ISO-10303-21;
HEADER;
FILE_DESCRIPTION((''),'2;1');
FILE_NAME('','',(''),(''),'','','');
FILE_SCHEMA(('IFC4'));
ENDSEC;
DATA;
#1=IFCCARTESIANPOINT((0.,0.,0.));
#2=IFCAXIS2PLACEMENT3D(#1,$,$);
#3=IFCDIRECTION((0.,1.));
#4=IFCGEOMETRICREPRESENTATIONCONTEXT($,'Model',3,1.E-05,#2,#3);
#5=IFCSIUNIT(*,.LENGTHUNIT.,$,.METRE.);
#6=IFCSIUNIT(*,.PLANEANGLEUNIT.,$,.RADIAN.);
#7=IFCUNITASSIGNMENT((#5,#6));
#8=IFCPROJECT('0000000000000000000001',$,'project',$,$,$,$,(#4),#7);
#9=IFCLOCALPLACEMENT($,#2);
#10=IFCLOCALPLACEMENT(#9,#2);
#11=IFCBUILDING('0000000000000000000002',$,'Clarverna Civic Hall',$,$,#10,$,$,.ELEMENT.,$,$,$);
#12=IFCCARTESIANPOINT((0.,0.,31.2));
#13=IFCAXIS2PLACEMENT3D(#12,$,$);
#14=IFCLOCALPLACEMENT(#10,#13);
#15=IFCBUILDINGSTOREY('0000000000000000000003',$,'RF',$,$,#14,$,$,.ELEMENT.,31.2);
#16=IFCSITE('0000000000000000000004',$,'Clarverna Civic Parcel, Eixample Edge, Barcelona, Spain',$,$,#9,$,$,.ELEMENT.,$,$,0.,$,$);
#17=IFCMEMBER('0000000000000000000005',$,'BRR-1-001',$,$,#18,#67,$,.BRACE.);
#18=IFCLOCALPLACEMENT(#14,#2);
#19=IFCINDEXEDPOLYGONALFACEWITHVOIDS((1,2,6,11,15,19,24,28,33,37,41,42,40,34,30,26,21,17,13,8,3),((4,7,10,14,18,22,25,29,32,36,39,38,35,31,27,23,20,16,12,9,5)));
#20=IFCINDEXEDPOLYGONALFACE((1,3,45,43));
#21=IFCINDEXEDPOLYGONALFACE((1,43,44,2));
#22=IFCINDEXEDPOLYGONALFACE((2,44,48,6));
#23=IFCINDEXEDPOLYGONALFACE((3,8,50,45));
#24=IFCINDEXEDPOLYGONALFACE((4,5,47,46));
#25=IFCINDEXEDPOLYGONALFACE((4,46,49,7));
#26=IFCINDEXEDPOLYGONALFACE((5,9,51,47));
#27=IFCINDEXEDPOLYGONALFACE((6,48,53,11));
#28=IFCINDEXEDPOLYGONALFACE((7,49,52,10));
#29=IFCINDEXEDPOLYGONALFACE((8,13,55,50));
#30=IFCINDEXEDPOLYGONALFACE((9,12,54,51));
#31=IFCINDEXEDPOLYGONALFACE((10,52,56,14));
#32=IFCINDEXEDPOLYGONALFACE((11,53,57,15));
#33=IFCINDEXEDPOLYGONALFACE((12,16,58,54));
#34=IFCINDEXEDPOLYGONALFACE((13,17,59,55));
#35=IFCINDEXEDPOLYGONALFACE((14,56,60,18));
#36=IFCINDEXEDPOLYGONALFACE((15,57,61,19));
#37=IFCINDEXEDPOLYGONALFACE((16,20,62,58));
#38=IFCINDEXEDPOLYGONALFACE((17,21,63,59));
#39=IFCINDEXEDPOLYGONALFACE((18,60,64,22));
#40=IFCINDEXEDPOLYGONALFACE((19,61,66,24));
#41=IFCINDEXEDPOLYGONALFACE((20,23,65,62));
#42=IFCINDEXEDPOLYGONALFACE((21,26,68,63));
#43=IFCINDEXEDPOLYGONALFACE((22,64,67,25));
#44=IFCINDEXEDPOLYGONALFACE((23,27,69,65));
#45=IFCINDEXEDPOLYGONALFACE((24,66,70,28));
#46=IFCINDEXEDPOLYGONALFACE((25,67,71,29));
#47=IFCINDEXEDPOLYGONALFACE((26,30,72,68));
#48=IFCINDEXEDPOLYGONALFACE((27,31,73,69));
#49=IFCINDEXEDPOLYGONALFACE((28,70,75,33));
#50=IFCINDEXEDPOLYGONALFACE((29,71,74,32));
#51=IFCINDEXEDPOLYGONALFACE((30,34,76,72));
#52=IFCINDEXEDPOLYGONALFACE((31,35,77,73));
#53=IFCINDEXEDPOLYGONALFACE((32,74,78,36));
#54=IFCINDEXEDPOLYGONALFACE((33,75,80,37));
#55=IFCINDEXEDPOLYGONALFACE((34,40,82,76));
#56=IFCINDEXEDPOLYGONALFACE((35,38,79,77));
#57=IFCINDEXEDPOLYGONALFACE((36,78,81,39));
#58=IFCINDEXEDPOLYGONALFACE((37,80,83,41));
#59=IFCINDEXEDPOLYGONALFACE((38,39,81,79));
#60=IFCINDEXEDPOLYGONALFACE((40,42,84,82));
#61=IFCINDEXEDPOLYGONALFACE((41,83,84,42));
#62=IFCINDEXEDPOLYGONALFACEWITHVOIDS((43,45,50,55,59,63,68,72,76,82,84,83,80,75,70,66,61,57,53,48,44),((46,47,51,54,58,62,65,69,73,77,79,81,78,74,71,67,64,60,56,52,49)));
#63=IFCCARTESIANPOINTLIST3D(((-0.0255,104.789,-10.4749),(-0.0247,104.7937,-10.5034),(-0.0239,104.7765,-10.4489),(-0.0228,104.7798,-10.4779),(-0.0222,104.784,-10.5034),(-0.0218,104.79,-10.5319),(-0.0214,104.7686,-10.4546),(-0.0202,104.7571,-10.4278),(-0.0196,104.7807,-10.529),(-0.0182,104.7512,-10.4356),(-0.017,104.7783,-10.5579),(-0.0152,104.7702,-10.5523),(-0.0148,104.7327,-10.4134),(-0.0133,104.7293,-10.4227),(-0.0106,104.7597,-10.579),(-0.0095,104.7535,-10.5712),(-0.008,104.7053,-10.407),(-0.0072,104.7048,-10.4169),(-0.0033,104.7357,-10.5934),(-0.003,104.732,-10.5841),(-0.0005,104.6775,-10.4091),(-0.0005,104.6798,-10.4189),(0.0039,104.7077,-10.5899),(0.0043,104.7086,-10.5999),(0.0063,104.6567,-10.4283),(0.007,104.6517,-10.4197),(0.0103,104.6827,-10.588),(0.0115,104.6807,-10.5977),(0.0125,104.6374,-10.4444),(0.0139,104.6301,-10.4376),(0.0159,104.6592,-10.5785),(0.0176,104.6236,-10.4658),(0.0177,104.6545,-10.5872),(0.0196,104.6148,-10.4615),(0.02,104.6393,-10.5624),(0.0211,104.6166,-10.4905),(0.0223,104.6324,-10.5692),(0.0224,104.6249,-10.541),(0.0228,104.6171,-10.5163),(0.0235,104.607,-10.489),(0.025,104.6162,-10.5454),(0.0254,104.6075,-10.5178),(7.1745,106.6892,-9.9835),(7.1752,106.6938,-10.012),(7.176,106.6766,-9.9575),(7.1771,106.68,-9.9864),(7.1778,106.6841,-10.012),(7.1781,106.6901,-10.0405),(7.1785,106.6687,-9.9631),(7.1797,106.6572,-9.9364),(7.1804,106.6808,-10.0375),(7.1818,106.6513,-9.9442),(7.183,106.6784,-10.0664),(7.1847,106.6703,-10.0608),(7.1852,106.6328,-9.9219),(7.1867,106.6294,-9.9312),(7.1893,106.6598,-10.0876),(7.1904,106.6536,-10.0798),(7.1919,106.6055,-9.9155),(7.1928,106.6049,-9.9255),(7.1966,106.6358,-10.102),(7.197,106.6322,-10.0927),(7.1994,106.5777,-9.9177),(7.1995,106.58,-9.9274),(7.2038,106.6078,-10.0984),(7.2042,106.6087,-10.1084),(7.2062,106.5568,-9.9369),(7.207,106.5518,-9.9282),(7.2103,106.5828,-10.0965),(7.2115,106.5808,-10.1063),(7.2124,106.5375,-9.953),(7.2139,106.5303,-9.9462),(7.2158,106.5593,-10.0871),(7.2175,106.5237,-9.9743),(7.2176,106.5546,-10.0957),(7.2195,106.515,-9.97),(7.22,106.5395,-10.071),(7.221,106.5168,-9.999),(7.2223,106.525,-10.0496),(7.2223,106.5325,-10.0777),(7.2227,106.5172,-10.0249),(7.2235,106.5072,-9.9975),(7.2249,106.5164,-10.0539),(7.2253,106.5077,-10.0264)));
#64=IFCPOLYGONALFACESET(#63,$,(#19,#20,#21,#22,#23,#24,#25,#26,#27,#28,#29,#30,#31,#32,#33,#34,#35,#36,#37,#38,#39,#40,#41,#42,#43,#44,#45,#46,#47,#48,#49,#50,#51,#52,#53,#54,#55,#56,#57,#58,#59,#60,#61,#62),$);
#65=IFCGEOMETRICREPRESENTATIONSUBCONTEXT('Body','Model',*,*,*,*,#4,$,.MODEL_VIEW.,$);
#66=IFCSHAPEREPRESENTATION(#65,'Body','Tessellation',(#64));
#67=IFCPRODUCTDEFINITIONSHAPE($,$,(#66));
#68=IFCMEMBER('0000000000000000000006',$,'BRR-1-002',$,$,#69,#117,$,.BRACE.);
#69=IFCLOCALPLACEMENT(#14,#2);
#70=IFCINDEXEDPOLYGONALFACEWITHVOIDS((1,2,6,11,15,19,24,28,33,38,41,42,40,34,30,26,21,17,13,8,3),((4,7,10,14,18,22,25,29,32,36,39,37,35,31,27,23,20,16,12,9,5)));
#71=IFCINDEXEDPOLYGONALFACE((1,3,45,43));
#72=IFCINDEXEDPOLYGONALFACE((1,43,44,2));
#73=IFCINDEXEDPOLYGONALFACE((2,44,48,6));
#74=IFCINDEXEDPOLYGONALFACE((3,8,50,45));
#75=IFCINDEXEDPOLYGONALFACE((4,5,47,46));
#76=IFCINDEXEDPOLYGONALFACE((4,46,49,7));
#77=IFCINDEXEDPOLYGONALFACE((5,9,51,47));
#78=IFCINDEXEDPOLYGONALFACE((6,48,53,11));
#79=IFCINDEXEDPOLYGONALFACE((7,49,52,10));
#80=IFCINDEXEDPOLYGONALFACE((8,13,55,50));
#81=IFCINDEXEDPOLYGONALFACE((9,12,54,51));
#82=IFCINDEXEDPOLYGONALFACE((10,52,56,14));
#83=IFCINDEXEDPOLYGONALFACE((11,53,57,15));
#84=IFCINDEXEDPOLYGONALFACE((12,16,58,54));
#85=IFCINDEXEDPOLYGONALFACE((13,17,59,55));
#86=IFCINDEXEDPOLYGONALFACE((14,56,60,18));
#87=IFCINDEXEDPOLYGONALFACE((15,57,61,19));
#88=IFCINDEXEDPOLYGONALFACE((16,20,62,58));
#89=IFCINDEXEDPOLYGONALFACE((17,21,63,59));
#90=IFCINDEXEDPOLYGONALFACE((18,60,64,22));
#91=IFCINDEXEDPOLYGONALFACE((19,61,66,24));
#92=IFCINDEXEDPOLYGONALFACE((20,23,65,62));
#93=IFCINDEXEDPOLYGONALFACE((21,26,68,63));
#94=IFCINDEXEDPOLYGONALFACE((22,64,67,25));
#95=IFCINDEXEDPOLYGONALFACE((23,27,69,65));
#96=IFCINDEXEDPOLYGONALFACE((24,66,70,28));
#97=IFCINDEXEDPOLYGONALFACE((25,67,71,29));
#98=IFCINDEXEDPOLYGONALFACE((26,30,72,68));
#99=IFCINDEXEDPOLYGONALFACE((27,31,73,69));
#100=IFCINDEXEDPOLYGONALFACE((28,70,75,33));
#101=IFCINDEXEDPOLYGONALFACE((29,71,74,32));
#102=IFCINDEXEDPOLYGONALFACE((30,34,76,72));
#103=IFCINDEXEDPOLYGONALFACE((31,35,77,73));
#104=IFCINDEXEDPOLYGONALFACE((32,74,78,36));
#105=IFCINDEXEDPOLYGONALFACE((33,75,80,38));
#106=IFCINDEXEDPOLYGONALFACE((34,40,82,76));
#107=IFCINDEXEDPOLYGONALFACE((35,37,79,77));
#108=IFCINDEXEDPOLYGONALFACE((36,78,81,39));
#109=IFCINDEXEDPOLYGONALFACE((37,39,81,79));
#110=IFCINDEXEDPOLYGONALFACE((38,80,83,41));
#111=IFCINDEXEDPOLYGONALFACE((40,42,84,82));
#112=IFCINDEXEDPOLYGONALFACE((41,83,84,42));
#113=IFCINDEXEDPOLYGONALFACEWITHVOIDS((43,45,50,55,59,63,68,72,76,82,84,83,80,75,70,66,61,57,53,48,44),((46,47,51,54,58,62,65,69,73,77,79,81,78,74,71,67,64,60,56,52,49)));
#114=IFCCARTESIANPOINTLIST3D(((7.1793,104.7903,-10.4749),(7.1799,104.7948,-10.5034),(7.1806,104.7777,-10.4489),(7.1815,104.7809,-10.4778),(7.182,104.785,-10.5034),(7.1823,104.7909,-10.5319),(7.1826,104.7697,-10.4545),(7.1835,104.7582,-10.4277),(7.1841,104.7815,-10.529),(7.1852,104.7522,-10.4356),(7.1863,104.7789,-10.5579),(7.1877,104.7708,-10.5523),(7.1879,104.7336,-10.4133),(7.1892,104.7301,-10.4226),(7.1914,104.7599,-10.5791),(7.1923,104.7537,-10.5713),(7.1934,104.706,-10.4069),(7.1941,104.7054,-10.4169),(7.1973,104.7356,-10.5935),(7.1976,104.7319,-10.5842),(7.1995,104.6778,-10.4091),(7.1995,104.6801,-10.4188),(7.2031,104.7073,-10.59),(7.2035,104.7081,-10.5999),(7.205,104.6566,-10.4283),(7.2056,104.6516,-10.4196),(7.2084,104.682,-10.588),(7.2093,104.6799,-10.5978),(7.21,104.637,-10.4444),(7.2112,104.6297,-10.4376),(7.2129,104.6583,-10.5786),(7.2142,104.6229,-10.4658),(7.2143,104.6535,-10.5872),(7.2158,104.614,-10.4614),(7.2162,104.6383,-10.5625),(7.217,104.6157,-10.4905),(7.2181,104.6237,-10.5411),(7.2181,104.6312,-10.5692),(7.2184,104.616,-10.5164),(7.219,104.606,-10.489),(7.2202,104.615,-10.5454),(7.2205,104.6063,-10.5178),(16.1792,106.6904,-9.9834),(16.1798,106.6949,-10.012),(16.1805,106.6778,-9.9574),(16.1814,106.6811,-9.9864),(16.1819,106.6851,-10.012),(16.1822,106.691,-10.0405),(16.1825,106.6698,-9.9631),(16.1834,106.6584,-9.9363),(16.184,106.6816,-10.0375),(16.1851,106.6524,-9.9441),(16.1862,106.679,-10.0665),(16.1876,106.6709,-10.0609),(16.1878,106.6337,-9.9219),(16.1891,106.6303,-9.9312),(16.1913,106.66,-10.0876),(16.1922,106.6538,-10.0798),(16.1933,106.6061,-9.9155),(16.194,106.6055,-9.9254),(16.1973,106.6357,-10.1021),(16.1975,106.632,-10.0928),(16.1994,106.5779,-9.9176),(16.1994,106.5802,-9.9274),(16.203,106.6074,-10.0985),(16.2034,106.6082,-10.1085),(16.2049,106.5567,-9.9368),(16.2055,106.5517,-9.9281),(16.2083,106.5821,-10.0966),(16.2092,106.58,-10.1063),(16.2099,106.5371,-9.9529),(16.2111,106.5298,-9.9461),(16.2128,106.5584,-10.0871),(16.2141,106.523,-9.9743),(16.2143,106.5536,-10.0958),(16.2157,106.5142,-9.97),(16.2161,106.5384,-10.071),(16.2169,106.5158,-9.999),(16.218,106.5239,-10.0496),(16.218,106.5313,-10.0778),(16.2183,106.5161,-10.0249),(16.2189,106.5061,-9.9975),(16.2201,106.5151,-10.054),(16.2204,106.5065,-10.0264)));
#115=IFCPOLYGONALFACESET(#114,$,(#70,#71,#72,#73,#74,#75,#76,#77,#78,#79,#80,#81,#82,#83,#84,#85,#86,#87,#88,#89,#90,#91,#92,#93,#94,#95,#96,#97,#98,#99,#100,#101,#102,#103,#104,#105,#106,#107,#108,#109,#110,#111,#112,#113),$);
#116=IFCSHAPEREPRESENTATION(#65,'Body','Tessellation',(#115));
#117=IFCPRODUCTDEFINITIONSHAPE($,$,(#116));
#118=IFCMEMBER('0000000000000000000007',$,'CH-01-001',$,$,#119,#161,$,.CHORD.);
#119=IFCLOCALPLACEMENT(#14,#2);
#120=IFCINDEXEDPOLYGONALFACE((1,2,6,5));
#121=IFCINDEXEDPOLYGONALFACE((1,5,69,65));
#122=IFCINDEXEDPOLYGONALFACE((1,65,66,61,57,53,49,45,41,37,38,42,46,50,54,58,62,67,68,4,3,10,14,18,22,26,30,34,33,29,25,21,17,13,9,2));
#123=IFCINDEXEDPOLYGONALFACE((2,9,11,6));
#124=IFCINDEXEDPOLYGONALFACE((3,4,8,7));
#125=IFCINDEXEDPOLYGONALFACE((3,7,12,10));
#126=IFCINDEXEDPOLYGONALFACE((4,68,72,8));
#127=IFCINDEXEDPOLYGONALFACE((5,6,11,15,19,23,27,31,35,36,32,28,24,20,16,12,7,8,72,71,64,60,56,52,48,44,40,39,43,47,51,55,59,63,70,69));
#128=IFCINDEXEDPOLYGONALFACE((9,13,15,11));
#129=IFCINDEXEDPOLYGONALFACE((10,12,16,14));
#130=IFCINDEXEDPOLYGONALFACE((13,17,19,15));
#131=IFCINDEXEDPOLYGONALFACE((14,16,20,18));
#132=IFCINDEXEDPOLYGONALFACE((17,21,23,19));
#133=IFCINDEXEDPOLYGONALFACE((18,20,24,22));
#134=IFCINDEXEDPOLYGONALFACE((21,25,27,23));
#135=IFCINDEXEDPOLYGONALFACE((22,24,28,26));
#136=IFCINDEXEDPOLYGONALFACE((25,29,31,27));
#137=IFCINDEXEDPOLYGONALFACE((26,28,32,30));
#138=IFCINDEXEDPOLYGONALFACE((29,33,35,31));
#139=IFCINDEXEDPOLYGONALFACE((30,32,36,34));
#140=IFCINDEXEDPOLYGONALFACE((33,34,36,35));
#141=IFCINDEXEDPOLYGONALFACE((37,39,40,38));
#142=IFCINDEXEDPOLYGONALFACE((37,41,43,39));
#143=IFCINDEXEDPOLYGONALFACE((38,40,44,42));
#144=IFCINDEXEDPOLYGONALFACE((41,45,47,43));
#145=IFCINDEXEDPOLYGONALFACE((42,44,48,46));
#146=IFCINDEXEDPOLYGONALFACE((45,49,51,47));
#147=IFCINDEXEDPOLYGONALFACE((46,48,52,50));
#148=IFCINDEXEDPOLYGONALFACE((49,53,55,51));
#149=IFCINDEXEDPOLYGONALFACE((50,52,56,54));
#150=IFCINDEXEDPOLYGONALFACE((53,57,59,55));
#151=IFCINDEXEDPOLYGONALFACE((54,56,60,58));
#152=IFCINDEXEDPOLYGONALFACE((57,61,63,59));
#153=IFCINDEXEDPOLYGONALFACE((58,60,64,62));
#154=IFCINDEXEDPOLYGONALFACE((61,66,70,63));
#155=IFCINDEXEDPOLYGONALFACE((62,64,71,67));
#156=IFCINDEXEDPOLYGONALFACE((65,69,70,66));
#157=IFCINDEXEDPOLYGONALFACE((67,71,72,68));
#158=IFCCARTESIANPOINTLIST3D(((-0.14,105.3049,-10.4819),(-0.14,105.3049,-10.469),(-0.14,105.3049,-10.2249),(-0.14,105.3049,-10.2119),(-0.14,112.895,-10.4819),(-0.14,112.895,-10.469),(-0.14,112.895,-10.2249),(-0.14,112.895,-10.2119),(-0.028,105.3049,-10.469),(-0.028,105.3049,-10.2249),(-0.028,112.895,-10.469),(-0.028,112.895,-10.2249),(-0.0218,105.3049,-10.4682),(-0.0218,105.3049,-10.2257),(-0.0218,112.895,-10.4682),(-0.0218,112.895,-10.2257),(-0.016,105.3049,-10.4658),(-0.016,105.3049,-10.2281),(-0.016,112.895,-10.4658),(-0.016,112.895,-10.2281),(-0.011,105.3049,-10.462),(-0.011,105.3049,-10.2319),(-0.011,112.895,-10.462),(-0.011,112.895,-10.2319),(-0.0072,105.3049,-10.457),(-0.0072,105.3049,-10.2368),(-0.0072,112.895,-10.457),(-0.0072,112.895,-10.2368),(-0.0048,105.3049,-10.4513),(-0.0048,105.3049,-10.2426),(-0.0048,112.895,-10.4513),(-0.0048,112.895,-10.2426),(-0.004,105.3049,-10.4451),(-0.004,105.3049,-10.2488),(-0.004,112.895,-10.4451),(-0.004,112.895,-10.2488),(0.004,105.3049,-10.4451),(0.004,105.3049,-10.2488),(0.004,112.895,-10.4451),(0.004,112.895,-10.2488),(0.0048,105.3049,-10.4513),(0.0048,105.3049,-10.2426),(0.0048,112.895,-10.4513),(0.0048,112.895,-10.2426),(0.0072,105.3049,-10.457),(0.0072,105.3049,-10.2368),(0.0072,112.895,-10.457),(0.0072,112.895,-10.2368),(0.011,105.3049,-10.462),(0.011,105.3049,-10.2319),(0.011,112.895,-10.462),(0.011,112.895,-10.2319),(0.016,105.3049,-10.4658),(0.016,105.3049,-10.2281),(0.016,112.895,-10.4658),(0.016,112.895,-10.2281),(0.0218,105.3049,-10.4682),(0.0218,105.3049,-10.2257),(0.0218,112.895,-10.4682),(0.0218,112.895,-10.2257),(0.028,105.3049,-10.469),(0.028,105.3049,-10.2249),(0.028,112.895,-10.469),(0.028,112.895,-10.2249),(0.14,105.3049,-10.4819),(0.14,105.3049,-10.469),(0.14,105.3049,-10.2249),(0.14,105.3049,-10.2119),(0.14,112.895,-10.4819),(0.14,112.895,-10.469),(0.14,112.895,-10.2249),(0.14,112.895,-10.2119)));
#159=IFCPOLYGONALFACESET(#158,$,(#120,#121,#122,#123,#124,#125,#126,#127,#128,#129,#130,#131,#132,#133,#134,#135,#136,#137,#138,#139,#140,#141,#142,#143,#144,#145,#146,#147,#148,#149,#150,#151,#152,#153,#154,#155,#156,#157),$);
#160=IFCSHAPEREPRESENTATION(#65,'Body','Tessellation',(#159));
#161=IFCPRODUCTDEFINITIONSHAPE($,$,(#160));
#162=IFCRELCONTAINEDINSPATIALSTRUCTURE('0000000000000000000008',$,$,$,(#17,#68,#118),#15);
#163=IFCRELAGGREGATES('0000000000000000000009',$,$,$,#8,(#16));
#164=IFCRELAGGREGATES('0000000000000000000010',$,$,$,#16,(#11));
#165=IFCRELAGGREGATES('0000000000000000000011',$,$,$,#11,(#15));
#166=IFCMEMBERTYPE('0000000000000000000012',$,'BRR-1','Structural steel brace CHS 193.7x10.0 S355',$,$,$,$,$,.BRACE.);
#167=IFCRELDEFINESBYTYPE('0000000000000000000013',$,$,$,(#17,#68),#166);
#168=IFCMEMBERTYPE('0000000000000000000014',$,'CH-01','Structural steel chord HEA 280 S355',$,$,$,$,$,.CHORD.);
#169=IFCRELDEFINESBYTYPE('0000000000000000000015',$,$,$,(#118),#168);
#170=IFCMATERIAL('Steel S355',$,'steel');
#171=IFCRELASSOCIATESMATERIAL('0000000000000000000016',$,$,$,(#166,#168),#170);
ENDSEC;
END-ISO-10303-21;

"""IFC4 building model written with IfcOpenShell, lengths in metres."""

from ifc_helpers import new_model, si_unit, direction, frame, origin, origin_2d, place, context, subcontext, project, spatial, hollow_circle, i_section, extrude, material, material_profile, profile_set, type_object, element, save


model = new_model("IFC4")

# Units and contexts
model_context = context("Model", 3, precision=1e-05, world=origin(), true_north=direction((0.0, 1.0)))
body_context = subcontext(model_context, "Body", "Model", "MODEL_VIEW")
ifc_project = project(units=[si_unit("LENGTHUNIT", "METRE"), si_unit("PLANEANGLEUNIT", "RADIAN")], contexts=[model_context])

# Site, building, storey
site_placement = place(None, origin())
site = spatial("IfcSite", under=ifc_project, at=site_placement, Name="Clarverna Civic Parcel, Eixample Edge, Barcelona, Spain", CompositionType="ELEMENT", RefElevation=0.0)
building_placement = place(site_placement, origin())
building = spatial("IfcBuilding", under=site, at=building_placement, Name="Clarverna Civic Hall", CompositionType="ELEMENT")
storey_placement = place(building_placement, frame((0.0, 0.0, 31.2)))
storey = spatial("IfcBuildingStorey", under=building, at=storey_placement, Name="RF", CompositionType="ELEMENT", Elevation=31.2)

# Members
ifc_material_1 = material(Name="Steel S355", Category="steel")
ifc_material_profile_1 = material_profile(ifc_material_1, hollow_circle(Radius=0.0969, WallThickness=0.01, at=origin_2d()), Name="CHS 193.7x10.0")
ifc_profile_set_1 = profile_set([ifc_material_profile_1], Name="Steel S355")
member_type_1 = type_object("IfcMemberType", Name="BRR-1", Description="Structural steel brace CHS 193.7x10.0 S355", PredefinedType="BRACE", material=ifc_profile_set_1)
member_1_placement = place(storey_placement, frame((0.0, 104.7, -10.5034), z_axis=(0.964796, 0.25462, 0.065855), x_axis=(-0.255174, 0.966895, 0.0)))
element("IfcMember", 1, at=member_1_placement, inside=storey, type_object=member_type_1, Name="BRR-1-001", PredefinedType="BRACE", context=body_context, shape_type="SweptSolid", body=[
    extrude(hollow_circle(Radius=0.0969, WallThickness=0.01, at=origin_2d()), origin(), (0.0, 0.0, 1.0), 7.4626),
])
member_2_placement = place(storey_placement, frame((7.2, 104.7, -10.5034), z_axis=(0.977038, 0.206279, 0.053352), x_axis=(-0.206574, 0.978431, 0.0)))
element("IfcMember", 2, at=member_2_placement, inside=storey, type_object=member_type_1, Name="BRR-1-002", PredefinedType="BRACE", context=body_context, shape_type="SweptSolid", body=[
    extrude(hollow_circle(Radius=0.0969, WallThickness=0.01, at=origin_2d()), origin(), (0.0, 0.0, 1.0), 9.2114),
])
ifc_material_profile_2 = material_profile(ifc_material_1, i_section(OverallWidth=0.28, OverallDepth=0.27, WebThickness=0.0081, FlangeThickness=0.0129, FilletRadius=0.0239, at=origin_2d()), Name="HEA 280")
ifc_profile_set_2 = profile_set([ifc_material_profile_2], Name="Steel S355")
member_type_2 = type_object("IfcMemberType", Name="CH-01", Description="Structural steel chord HEA 280 S355", PredefinedType="CHORD", material=ifc_profile_set_2)
for number, where, z_axis, x_axis, name in (
    (3, (0.0, 105.3049, -10.3469), (0.0, 1.0, 0.0), (-1.0, 0.0, 0.0), "CH-01-001"),
):
    element("IfcMember", number, at=place(storey_placement, frame(where, z_axis=z_axis, x_axis=x_axis)), inside=storey, type_object=member_type_2, Name=name, PredefinedType="CHORD", context=body_context, shape_type="SweptSolid", body=[
        extrude(i_section(OverallWidth=0.28, OverallDepth=0.27, WebThickness=0.0081, FlangeThickness=0.0129, FilletRadius=0.0239, at=origin_2d()), origin(), (0.0, 0.0, 1.0), 7.5901),
    ])

save(model, "model.ifc")
